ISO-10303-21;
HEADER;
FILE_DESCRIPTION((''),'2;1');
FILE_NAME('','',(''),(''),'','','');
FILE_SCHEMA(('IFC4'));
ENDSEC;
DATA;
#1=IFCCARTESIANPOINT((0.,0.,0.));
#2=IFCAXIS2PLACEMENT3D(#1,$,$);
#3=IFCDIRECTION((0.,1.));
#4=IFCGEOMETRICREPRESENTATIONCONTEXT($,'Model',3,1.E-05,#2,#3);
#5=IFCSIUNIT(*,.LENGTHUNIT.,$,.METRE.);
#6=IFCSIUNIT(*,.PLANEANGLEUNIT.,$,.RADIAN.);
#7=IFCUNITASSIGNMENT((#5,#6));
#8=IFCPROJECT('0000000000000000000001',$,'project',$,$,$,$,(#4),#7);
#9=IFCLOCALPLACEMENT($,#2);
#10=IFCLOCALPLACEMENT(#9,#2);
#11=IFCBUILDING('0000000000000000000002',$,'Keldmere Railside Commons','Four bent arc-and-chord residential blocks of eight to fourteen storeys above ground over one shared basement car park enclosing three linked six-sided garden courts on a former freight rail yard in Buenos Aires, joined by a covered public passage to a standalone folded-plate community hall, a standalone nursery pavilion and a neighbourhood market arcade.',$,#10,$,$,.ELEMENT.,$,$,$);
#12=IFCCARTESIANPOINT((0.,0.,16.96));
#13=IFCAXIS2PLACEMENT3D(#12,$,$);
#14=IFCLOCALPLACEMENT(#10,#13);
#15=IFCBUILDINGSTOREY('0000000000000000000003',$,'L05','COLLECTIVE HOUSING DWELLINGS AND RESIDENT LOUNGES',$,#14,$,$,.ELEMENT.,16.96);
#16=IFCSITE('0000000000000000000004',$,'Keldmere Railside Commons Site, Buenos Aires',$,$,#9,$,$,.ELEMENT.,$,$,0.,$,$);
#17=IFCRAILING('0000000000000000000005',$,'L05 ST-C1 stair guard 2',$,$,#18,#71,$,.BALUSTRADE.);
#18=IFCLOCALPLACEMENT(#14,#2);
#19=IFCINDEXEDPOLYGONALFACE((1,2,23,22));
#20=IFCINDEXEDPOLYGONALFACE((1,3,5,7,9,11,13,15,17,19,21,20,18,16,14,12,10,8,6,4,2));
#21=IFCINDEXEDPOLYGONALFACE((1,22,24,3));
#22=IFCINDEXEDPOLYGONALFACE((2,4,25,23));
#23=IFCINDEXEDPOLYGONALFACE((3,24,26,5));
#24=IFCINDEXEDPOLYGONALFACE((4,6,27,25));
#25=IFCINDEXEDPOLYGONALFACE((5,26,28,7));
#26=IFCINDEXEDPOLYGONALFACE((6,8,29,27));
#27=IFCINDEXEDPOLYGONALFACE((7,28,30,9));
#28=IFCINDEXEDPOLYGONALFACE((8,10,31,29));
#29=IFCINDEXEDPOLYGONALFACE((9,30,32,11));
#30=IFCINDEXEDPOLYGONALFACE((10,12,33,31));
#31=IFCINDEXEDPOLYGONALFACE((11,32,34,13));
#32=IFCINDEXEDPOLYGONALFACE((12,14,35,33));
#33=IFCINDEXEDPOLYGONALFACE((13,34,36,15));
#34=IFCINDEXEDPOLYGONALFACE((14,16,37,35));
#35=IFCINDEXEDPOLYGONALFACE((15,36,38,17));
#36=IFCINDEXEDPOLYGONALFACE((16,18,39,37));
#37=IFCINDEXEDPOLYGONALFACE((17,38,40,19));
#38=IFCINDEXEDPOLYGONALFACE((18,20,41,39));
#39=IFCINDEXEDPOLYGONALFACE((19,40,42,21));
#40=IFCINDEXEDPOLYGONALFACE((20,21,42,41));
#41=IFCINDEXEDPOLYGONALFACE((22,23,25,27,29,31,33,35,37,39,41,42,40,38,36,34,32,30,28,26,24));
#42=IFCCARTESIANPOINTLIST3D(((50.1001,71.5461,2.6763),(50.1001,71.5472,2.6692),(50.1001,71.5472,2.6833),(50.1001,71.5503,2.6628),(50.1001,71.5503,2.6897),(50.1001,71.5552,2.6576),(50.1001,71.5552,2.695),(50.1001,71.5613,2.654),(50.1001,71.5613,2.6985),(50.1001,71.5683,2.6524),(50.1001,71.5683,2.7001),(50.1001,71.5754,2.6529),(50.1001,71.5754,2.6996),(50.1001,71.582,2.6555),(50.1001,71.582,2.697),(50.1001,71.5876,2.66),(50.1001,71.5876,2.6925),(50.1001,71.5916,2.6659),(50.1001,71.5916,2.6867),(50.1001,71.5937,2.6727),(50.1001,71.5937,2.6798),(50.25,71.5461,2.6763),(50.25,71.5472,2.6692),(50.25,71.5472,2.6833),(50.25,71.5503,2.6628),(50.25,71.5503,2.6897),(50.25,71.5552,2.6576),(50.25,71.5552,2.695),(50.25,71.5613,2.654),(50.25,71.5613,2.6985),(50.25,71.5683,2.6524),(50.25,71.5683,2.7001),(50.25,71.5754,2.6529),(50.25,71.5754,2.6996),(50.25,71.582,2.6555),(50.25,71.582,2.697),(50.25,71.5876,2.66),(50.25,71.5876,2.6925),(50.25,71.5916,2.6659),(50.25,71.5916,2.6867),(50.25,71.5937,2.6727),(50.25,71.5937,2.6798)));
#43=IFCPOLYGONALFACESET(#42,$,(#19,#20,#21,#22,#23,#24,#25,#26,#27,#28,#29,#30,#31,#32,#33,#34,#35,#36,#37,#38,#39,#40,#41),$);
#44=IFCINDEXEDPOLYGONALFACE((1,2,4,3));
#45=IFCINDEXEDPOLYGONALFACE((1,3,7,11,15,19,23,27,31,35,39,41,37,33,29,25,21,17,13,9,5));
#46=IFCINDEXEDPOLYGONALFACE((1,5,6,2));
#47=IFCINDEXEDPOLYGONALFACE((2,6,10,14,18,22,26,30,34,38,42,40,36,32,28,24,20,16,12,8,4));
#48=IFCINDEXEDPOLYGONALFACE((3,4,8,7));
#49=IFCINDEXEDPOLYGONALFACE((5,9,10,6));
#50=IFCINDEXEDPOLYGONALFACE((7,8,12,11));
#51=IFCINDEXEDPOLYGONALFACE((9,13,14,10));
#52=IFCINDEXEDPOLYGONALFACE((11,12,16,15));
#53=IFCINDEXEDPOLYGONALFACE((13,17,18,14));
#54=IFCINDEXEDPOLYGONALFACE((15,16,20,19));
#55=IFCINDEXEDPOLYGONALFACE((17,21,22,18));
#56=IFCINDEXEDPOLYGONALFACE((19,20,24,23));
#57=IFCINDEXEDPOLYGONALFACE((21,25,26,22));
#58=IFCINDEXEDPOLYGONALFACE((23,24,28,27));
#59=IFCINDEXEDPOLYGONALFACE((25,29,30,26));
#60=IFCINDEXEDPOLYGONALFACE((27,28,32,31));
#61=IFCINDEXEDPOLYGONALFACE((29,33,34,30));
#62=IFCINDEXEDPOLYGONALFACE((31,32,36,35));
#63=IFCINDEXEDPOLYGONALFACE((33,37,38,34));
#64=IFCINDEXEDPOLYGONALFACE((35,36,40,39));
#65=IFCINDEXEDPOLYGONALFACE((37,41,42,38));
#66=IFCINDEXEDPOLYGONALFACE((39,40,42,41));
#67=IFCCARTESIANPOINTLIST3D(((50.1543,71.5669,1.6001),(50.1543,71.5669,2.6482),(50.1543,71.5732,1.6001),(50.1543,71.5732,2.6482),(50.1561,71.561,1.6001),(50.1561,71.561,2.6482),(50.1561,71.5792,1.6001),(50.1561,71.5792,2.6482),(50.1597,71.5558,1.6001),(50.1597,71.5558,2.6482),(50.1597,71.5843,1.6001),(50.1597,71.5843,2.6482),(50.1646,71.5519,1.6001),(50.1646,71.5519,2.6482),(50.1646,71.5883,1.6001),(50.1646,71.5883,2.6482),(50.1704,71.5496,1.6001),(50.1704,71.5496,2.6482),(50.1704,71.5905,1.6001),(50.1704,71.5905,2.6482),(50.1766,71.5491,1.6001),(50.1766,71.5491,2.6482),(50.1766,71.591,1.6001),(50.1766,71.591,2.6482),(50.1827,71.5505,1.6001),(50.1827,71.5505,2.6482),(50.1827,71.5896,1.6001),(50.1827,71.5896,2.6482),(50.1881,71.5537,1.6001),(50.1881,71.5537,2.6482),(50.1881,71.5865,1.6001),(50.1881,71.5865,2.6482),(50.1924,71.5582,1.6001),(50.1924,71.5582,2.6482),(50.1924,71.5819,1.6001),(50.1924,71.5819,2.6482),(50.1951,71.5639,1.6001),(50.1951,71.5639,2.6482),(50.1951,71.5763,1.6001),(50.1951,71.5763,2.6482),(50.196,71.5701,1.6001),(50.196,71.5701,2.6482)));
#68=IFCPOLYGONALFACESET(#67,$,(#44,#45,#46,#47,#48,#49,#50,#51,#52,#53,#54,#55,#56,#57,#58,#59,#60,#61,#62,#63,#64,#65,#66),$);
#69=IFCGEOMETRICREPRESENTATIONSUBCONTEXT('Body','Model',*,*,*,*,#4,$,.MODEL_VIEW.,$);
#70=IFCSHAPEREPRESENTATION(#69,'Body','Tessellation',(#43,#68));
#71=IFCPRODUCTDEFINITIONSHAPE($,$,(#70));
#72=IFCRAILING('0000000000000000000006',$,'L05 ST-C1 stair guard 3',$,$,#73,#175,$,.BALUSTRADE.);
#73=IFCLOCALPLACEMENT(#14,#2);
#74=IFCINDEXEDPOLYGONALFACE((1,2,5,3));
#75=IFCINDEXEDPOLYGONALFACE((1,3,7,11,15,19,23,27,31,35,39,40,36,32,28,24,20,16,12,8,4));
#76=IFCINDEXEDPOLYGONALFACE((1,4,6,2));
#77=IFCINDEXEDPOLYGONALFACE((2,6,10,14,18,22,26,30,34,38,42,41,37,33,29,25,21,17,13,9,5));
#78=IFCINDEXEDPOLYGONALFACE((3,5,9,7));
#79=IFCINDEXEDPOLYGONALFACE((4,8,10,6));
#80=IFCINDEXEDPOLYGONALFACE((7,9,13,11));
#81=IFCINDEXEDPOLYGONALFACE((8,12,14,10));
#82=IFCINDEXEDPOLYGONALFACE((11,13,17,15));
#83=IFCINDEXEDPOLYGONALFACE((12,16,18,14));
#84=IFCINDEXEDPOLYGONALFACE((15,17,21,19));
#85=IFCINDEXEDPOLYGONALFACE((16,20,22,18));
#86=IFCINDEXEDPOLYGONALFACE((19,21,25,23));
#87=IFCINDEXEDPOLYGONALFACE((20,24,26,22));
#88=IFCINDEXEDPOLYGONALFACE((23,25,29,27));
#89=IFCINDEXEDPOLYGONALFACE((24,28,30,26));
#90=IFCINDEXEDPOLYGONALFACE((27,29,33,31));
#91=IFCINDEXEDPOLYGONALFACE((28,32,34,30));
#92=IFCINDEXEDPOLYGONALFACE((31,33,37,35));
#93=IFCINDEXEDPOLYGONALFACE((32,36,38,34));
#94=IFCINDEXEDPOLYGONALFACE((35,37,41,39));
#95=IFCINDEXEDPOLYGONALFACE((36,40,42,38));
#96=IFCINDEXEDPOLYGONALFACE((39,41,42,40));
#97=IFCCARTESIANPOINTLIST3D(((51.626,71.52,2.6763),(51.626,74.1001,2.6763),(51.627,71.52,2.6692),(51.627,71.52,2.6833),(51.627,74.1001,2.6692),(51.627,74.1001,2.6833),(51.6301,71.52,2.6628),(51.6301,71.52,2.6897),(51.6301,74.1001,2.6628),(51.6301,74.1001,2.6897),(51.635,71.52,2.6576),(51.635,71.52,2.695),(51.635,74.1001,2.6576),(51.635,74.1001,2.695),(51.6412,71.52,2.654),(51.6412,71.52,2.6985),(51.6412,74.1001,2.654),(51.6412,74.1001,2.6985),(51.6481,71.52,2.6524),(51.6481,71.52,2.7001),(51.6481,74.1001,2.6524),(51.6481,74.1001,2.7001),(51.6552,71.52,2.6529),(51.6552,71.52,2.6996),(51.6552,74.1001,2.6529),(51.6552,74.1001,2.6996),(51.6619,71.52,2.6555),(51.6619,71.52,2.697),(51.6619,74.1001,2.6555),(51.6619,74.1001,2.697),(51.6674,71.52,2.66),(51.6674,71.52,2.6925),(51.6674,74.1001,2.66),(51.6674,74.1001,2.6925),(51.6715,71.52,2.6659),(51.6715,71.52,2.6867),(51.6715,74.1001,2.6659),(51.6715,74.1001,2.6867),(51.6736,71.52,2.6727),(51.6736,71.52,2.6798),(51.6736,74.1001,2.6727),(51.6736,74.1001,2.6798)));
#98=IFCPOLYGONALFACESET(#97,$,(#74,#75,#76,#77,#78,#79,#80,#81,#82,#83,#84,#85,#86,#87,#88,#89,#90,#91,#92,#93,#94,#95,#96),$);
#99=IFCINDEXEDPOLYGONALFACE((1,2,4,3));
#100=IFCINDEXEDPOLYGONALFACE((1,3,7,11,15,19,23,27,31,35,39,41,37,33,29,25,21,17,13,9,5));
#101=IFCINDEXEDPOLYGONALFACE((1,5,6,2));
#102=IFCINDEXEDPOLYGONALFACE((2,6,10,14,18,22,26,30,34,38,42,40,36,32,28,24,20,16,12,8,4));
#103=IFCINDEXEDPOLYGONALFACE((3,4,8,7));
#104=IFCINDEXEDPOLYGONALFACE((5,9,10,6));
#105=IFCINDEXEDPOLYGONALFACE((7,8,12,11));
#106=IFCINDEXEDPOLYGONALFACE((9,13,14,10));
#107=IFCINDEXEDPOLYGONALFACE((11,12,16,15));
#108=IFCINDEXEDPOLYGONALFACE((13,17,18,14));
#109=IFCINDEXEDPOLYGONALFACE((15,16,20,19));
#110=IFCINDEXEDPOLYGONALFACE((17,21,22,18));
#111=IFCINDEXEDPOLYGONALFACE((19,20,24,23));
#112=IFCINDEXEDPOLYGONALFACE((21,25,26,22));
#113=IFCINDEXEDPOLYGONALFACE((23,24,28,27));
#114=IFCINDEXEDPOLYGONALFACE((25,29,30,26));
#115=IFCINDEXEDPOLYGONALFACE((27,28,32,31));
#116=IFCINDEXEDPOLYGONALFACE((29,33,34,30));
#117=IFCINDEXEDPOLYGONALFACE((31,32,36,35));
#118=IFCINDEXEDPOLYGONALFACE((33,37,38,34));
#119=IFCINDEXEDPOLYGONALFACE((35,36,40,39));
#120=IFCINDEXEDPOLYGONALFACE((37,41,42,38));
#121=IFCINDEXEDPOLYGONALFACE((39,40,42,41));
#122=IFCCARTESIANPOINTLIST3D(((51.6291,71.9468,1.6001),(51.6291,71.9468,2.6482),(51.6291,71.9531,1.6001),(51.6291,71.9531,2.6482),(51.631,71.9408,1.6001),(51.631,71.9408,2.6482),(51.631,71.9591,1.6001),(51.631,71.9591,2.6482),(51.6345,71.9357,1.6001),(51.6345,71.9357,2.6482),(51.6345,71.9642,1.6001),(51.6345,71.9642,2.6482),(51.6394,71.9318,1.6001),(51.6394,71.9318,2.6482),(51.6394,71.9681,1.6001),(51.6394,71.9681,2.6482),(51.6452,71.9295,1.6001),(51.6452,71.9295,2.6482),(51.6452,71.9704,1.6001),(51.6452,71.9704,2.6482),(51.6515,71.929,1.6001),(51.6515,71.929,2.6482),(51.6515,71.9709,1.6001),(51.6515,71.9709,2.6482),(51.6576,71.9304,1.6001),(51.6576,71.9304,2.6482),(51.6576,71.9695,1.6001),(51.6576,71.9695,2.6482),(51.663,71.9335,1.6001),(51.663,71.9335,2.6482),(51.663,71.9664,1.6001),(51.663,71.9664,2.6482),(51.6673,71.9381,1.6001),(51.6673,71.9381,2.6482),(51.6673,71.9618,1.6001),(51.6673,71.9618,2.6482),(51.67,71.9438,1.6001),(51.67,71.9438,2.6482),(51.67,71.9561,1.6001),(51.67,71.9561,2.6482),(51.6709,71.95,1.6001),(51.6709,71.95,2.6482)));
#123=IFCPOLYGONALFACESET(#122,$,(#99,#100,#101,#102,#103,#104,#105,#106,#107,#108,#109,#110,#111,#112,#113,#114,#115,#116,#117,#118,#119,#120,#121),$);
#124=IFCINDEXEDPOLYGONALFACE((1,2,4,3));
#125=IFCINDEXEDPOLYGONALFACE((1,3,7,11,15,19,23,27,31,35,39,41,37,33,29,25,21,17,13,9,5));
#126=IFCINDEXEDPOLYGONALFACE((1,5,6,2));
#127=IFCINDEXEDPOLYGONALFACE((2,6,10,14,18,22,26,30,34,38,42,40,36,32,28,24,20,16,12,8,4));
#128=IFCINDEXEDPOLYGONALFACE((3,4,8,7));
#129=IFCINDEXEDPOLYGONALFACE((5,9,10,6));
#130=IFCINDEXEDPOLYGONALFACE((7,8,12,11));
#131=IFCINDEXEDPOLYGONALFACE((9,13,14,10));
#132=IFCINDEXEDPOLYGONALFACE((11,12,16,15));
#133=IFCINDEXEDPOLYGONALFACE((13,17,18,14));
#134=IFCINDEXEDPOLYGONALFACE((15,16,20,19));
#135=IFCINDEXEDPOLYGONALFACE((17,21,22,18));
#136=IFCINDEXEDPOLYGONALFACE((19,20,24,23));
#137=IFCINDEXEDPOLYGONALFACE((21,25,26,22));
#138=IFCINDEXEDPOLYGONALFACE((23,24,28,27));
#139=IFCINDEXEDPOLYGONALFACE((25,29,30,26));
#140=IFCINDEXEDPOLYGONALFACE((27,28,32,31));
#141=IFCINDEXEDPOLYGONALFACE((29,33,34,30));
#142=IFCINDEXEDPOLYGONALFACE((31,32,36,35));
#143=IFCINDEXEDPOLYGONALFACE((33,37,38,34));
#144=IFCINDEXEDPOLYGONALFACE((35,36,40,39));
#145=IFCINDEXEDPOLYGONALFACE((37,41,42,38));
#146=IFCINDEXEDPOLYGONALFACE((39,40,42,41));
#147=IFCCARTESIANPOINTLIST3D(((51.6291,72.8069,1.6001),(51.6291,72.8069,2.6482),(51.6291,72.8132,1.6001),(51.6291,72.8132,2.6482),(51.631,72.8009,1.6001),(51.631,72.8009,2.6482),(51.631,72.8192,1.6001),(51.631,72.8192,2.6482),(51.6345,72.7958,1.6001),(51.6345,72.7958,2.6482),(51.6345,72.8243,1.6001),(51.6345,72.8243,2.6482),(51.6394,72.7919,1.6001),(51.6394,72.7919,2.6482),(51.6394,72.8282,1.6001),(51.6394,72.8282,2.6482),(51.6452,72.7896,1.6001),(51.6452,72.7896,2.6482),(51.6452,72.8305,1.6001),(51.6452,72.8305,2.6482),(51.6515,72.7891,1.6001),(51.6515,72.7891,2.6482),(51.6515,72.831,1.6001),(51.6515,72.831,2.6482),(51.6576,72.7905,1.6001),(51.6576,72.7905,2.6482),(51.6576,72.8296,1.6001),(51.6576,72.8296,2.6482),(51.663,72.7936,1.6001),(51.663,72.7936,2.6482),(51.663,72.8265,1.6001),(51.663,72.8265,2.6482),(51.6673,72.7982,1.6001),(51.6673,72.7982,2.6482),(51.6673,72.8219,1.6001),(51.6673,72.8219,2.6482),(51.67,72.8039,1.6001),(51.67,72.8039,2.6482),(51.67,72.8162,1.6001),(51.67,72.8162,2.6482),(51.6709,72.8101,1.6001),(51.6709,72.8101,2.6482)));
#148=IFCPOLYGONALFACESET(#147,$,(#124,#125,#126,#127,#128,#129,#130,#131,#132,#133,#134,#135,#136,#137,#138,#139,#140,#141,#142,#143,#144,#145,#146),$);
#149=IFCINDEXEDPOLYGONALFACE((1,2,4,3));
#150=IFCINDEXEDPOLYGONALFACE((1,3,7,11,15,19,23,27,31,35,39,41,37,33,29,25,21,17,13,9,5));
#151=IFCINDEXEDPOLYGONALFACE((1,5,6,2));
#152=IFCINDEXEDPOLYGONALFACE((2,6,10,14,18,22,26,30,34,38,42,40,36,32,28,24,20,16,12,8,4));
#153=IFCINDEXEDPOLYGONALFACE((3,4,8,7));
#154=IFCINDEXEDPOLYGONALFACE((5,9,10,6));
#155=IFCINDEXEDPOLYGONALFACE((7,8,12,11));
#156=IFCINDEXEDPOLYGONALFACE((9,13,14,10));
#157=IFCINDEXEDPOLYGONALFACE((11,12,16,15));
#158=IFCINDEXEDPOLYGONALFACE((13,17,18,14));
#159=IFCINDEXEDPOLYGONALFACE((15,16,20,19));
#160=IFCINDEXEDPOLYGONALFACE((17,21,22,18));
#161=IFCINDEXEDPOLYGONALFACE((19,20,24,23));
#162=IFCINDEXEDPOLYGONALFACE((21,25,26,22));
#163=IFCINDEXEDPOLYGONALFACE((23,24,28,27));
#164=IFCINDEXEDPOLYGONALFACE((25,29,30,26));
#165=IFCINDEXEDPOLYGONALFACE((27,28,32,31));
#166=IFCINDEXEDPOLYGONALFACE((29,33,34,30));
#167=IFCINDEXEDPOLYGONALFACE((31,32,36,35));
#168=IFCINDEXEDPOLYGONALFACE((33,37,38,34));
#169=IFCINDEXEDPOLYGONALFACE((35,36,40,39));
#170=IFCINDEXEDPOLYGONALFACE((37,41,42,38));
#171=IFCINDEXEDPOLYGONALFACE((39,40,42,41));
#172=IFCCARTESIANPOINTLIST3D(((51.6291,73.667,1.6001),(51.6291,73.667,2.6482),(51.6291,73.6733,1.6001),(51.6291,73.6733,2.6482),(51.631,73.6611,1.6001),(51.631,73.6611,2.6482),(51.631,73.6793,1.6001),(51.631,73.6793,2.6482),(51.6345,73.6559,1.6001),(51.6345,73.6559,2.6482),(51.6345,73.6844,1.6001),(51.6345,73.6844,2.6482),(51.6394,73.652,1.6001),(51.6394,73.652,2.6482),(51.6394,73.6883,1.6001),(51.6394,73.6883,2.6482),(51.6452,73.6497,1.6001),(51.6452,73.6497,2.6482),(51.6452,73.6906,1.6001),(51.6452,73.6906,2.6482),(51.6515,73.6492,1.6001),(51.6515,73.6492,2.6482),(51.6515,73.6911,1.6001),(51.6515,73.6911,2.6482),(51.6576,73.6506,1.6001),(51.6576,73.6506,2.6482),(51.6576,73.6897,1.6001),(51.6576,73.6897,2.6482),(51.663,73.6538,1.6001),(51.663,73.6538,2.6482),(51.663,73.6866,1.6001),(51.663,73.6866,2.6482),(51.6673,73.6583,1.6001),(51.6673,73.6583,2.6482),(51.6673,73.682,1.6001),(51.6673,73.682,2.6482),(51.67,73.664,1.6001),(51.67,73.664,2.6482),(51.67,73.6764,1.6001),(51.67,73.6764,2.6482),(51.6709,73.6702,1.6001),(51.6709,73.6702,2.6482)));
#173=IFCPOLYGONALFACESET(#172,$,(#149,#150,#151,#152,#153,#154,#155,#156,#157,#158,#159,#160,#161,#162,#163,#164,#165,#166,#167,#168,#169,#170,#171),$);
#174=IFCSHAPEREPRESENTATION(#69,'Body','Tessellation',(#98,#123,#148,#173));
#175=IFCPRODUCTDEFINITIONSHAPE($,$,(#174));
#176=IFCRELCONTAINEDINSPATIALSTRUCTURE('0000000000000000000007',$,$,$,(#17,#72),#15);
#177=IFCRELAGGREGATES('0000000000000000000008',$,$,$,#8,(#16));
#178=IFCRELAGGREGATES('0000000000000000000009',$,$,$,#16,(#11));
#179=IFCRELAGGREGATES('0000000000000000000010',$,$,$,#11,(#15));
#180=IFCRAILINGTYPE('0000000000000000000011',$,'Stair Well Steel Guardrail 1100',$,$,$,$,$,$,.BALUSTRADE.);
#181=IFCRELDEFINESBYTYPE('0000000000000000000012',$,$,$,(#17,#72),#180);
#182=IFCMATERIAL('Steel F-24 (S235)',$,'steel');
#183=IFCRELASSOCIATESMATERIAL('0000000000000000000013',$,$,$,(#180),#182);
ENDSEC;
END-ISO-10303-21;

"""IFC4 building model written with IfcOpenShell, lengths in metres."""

from ifc_helpers import new_model, si_unit, direction, frame, origin, origin_2d, place, context, subcontext, project, spatial, circle, extrude, material, type_object, element, save


model = new_model("IFC4")

# Units and contexts
model_context = context("Model", 3, precision=1e-05, world=origin(), true_north=direction((0.0, 1.0)))
body_context = subcontext(model_context, "Body", "Model", "MODEL_VIEW")
ifc_project = project(units=[si_unit("LENGTHUNIT", "METRE"), si_unit("PLANEANGLEUNIT", "RADIAN")], contexts=[model_context])

# Site, building, storey
site_placement = place(None, origin())
site = spatial("IfcSite", under=ifc_project, at=site_placement, Name="Keldmere Railside Commons Site, Buenos Aires", CompositionType="ELEMENT", RefElevation=0.0)
building_placement = place(site_placement, origin())
building = spatial("IfcBuilding", under=site, at=building_placement, Name="Keldmere Railside Commons", Description="Four bent arc-and-chord residential blocks of eight to fourteen storeys above ground over one shared basement car park enclosing three linked six-sided garden courts on a former freight rail yard in Buenos Aires, joined by a covered public passage to a standalone folded-plate community hall, a standalone nursery pavilion and a neighbourhood market arcade.", CompositionType="ELEMENT")
storey_placement = place(building_placement, frame((0.0, 0.0, 16.96)))
storey = spatial("IfcBuildingStorey", under=building, at=storey_placement, Name="L05", Description="COLLECTIVE HOUSING DWELLINGS AND RESIDENT LOUNGES", CompositionType="ELEMENT", Elevation=16.96)

# Railings
ifc_material_1 = material(Name="Steel F-24 (S235)", Category="steel")
railing_type_1 = type_object("IfcRailingType", Name="Stair Well Steel Guardrail 1100", PredefinedType="BALUSTRADE", material=ifc_material_1)
railing_1_placement = place(storey_placement, frame((50.25, 71.5701, 1.6001)))
element("IfcRailing", 1, at=railing_1_placement, inside=storey, type_object=railing_type_1, Name="L05 ST-C1 stair guard 2", PredefinedType="BALUSTRADE", context=body_context, shape_type="SweptSolid", body=[
    extrude(circle(Radius=0.0239, at=origin_2d()), frame((0.0, 0.0, 1.0762), z_axis=(-1.0, 0.0, 0.0), x_axis=(0.0, -1.0, 0.0)), (0.0, 0.0, 1.0), 0.1499),
    extrude(circle(Radius=0.021, at=origin_2d()), frame((-0.075, 0.0, 0.0)), (0.0, 0.0, 1.0), 1.0481),
])
for number, where, name in (
    (2, (51.6499, 71.52, 1.6001), "L05 ST-C1 stair guard 3"),
):
    element("IfcRailing", number, at=place(storey_placement, frame(where)), inside=storey, type_object=railing_type_1, Name=name, PredefinedType="BALUSTRADE", context=body_context, shape_type="SweptSolid", body=[
        extrude(circle(Radius=0.0239, at=origin_2d()), frame((0.0, 0.0, 1.0762), z_axis=(0.0, 1.0, 0.0), x_axis=(-1.0, 0.0, 0.0)), (0.0, 0.0, 1.0), 2.5801),
        extrude(circle(Radius=0.021, at=origin_2d()), frame((0.0, 0.4299, 0.0)), (0.0, 0.0, 1.0), 1.0481),
        extrude(circle(Radius=0.021, at=origin_2d()), frame((0.0, 1.29, 0.0)), (0.0, 0.0, 1.0), 1.0481),
        extrude(circle(Radius=0.021, at=origin_2d()), frame((0.0, 2.1501, 0.0)), (0.0, 0.0, 1.0), 1.0481),
    ])

save(model, "model.ifc")
